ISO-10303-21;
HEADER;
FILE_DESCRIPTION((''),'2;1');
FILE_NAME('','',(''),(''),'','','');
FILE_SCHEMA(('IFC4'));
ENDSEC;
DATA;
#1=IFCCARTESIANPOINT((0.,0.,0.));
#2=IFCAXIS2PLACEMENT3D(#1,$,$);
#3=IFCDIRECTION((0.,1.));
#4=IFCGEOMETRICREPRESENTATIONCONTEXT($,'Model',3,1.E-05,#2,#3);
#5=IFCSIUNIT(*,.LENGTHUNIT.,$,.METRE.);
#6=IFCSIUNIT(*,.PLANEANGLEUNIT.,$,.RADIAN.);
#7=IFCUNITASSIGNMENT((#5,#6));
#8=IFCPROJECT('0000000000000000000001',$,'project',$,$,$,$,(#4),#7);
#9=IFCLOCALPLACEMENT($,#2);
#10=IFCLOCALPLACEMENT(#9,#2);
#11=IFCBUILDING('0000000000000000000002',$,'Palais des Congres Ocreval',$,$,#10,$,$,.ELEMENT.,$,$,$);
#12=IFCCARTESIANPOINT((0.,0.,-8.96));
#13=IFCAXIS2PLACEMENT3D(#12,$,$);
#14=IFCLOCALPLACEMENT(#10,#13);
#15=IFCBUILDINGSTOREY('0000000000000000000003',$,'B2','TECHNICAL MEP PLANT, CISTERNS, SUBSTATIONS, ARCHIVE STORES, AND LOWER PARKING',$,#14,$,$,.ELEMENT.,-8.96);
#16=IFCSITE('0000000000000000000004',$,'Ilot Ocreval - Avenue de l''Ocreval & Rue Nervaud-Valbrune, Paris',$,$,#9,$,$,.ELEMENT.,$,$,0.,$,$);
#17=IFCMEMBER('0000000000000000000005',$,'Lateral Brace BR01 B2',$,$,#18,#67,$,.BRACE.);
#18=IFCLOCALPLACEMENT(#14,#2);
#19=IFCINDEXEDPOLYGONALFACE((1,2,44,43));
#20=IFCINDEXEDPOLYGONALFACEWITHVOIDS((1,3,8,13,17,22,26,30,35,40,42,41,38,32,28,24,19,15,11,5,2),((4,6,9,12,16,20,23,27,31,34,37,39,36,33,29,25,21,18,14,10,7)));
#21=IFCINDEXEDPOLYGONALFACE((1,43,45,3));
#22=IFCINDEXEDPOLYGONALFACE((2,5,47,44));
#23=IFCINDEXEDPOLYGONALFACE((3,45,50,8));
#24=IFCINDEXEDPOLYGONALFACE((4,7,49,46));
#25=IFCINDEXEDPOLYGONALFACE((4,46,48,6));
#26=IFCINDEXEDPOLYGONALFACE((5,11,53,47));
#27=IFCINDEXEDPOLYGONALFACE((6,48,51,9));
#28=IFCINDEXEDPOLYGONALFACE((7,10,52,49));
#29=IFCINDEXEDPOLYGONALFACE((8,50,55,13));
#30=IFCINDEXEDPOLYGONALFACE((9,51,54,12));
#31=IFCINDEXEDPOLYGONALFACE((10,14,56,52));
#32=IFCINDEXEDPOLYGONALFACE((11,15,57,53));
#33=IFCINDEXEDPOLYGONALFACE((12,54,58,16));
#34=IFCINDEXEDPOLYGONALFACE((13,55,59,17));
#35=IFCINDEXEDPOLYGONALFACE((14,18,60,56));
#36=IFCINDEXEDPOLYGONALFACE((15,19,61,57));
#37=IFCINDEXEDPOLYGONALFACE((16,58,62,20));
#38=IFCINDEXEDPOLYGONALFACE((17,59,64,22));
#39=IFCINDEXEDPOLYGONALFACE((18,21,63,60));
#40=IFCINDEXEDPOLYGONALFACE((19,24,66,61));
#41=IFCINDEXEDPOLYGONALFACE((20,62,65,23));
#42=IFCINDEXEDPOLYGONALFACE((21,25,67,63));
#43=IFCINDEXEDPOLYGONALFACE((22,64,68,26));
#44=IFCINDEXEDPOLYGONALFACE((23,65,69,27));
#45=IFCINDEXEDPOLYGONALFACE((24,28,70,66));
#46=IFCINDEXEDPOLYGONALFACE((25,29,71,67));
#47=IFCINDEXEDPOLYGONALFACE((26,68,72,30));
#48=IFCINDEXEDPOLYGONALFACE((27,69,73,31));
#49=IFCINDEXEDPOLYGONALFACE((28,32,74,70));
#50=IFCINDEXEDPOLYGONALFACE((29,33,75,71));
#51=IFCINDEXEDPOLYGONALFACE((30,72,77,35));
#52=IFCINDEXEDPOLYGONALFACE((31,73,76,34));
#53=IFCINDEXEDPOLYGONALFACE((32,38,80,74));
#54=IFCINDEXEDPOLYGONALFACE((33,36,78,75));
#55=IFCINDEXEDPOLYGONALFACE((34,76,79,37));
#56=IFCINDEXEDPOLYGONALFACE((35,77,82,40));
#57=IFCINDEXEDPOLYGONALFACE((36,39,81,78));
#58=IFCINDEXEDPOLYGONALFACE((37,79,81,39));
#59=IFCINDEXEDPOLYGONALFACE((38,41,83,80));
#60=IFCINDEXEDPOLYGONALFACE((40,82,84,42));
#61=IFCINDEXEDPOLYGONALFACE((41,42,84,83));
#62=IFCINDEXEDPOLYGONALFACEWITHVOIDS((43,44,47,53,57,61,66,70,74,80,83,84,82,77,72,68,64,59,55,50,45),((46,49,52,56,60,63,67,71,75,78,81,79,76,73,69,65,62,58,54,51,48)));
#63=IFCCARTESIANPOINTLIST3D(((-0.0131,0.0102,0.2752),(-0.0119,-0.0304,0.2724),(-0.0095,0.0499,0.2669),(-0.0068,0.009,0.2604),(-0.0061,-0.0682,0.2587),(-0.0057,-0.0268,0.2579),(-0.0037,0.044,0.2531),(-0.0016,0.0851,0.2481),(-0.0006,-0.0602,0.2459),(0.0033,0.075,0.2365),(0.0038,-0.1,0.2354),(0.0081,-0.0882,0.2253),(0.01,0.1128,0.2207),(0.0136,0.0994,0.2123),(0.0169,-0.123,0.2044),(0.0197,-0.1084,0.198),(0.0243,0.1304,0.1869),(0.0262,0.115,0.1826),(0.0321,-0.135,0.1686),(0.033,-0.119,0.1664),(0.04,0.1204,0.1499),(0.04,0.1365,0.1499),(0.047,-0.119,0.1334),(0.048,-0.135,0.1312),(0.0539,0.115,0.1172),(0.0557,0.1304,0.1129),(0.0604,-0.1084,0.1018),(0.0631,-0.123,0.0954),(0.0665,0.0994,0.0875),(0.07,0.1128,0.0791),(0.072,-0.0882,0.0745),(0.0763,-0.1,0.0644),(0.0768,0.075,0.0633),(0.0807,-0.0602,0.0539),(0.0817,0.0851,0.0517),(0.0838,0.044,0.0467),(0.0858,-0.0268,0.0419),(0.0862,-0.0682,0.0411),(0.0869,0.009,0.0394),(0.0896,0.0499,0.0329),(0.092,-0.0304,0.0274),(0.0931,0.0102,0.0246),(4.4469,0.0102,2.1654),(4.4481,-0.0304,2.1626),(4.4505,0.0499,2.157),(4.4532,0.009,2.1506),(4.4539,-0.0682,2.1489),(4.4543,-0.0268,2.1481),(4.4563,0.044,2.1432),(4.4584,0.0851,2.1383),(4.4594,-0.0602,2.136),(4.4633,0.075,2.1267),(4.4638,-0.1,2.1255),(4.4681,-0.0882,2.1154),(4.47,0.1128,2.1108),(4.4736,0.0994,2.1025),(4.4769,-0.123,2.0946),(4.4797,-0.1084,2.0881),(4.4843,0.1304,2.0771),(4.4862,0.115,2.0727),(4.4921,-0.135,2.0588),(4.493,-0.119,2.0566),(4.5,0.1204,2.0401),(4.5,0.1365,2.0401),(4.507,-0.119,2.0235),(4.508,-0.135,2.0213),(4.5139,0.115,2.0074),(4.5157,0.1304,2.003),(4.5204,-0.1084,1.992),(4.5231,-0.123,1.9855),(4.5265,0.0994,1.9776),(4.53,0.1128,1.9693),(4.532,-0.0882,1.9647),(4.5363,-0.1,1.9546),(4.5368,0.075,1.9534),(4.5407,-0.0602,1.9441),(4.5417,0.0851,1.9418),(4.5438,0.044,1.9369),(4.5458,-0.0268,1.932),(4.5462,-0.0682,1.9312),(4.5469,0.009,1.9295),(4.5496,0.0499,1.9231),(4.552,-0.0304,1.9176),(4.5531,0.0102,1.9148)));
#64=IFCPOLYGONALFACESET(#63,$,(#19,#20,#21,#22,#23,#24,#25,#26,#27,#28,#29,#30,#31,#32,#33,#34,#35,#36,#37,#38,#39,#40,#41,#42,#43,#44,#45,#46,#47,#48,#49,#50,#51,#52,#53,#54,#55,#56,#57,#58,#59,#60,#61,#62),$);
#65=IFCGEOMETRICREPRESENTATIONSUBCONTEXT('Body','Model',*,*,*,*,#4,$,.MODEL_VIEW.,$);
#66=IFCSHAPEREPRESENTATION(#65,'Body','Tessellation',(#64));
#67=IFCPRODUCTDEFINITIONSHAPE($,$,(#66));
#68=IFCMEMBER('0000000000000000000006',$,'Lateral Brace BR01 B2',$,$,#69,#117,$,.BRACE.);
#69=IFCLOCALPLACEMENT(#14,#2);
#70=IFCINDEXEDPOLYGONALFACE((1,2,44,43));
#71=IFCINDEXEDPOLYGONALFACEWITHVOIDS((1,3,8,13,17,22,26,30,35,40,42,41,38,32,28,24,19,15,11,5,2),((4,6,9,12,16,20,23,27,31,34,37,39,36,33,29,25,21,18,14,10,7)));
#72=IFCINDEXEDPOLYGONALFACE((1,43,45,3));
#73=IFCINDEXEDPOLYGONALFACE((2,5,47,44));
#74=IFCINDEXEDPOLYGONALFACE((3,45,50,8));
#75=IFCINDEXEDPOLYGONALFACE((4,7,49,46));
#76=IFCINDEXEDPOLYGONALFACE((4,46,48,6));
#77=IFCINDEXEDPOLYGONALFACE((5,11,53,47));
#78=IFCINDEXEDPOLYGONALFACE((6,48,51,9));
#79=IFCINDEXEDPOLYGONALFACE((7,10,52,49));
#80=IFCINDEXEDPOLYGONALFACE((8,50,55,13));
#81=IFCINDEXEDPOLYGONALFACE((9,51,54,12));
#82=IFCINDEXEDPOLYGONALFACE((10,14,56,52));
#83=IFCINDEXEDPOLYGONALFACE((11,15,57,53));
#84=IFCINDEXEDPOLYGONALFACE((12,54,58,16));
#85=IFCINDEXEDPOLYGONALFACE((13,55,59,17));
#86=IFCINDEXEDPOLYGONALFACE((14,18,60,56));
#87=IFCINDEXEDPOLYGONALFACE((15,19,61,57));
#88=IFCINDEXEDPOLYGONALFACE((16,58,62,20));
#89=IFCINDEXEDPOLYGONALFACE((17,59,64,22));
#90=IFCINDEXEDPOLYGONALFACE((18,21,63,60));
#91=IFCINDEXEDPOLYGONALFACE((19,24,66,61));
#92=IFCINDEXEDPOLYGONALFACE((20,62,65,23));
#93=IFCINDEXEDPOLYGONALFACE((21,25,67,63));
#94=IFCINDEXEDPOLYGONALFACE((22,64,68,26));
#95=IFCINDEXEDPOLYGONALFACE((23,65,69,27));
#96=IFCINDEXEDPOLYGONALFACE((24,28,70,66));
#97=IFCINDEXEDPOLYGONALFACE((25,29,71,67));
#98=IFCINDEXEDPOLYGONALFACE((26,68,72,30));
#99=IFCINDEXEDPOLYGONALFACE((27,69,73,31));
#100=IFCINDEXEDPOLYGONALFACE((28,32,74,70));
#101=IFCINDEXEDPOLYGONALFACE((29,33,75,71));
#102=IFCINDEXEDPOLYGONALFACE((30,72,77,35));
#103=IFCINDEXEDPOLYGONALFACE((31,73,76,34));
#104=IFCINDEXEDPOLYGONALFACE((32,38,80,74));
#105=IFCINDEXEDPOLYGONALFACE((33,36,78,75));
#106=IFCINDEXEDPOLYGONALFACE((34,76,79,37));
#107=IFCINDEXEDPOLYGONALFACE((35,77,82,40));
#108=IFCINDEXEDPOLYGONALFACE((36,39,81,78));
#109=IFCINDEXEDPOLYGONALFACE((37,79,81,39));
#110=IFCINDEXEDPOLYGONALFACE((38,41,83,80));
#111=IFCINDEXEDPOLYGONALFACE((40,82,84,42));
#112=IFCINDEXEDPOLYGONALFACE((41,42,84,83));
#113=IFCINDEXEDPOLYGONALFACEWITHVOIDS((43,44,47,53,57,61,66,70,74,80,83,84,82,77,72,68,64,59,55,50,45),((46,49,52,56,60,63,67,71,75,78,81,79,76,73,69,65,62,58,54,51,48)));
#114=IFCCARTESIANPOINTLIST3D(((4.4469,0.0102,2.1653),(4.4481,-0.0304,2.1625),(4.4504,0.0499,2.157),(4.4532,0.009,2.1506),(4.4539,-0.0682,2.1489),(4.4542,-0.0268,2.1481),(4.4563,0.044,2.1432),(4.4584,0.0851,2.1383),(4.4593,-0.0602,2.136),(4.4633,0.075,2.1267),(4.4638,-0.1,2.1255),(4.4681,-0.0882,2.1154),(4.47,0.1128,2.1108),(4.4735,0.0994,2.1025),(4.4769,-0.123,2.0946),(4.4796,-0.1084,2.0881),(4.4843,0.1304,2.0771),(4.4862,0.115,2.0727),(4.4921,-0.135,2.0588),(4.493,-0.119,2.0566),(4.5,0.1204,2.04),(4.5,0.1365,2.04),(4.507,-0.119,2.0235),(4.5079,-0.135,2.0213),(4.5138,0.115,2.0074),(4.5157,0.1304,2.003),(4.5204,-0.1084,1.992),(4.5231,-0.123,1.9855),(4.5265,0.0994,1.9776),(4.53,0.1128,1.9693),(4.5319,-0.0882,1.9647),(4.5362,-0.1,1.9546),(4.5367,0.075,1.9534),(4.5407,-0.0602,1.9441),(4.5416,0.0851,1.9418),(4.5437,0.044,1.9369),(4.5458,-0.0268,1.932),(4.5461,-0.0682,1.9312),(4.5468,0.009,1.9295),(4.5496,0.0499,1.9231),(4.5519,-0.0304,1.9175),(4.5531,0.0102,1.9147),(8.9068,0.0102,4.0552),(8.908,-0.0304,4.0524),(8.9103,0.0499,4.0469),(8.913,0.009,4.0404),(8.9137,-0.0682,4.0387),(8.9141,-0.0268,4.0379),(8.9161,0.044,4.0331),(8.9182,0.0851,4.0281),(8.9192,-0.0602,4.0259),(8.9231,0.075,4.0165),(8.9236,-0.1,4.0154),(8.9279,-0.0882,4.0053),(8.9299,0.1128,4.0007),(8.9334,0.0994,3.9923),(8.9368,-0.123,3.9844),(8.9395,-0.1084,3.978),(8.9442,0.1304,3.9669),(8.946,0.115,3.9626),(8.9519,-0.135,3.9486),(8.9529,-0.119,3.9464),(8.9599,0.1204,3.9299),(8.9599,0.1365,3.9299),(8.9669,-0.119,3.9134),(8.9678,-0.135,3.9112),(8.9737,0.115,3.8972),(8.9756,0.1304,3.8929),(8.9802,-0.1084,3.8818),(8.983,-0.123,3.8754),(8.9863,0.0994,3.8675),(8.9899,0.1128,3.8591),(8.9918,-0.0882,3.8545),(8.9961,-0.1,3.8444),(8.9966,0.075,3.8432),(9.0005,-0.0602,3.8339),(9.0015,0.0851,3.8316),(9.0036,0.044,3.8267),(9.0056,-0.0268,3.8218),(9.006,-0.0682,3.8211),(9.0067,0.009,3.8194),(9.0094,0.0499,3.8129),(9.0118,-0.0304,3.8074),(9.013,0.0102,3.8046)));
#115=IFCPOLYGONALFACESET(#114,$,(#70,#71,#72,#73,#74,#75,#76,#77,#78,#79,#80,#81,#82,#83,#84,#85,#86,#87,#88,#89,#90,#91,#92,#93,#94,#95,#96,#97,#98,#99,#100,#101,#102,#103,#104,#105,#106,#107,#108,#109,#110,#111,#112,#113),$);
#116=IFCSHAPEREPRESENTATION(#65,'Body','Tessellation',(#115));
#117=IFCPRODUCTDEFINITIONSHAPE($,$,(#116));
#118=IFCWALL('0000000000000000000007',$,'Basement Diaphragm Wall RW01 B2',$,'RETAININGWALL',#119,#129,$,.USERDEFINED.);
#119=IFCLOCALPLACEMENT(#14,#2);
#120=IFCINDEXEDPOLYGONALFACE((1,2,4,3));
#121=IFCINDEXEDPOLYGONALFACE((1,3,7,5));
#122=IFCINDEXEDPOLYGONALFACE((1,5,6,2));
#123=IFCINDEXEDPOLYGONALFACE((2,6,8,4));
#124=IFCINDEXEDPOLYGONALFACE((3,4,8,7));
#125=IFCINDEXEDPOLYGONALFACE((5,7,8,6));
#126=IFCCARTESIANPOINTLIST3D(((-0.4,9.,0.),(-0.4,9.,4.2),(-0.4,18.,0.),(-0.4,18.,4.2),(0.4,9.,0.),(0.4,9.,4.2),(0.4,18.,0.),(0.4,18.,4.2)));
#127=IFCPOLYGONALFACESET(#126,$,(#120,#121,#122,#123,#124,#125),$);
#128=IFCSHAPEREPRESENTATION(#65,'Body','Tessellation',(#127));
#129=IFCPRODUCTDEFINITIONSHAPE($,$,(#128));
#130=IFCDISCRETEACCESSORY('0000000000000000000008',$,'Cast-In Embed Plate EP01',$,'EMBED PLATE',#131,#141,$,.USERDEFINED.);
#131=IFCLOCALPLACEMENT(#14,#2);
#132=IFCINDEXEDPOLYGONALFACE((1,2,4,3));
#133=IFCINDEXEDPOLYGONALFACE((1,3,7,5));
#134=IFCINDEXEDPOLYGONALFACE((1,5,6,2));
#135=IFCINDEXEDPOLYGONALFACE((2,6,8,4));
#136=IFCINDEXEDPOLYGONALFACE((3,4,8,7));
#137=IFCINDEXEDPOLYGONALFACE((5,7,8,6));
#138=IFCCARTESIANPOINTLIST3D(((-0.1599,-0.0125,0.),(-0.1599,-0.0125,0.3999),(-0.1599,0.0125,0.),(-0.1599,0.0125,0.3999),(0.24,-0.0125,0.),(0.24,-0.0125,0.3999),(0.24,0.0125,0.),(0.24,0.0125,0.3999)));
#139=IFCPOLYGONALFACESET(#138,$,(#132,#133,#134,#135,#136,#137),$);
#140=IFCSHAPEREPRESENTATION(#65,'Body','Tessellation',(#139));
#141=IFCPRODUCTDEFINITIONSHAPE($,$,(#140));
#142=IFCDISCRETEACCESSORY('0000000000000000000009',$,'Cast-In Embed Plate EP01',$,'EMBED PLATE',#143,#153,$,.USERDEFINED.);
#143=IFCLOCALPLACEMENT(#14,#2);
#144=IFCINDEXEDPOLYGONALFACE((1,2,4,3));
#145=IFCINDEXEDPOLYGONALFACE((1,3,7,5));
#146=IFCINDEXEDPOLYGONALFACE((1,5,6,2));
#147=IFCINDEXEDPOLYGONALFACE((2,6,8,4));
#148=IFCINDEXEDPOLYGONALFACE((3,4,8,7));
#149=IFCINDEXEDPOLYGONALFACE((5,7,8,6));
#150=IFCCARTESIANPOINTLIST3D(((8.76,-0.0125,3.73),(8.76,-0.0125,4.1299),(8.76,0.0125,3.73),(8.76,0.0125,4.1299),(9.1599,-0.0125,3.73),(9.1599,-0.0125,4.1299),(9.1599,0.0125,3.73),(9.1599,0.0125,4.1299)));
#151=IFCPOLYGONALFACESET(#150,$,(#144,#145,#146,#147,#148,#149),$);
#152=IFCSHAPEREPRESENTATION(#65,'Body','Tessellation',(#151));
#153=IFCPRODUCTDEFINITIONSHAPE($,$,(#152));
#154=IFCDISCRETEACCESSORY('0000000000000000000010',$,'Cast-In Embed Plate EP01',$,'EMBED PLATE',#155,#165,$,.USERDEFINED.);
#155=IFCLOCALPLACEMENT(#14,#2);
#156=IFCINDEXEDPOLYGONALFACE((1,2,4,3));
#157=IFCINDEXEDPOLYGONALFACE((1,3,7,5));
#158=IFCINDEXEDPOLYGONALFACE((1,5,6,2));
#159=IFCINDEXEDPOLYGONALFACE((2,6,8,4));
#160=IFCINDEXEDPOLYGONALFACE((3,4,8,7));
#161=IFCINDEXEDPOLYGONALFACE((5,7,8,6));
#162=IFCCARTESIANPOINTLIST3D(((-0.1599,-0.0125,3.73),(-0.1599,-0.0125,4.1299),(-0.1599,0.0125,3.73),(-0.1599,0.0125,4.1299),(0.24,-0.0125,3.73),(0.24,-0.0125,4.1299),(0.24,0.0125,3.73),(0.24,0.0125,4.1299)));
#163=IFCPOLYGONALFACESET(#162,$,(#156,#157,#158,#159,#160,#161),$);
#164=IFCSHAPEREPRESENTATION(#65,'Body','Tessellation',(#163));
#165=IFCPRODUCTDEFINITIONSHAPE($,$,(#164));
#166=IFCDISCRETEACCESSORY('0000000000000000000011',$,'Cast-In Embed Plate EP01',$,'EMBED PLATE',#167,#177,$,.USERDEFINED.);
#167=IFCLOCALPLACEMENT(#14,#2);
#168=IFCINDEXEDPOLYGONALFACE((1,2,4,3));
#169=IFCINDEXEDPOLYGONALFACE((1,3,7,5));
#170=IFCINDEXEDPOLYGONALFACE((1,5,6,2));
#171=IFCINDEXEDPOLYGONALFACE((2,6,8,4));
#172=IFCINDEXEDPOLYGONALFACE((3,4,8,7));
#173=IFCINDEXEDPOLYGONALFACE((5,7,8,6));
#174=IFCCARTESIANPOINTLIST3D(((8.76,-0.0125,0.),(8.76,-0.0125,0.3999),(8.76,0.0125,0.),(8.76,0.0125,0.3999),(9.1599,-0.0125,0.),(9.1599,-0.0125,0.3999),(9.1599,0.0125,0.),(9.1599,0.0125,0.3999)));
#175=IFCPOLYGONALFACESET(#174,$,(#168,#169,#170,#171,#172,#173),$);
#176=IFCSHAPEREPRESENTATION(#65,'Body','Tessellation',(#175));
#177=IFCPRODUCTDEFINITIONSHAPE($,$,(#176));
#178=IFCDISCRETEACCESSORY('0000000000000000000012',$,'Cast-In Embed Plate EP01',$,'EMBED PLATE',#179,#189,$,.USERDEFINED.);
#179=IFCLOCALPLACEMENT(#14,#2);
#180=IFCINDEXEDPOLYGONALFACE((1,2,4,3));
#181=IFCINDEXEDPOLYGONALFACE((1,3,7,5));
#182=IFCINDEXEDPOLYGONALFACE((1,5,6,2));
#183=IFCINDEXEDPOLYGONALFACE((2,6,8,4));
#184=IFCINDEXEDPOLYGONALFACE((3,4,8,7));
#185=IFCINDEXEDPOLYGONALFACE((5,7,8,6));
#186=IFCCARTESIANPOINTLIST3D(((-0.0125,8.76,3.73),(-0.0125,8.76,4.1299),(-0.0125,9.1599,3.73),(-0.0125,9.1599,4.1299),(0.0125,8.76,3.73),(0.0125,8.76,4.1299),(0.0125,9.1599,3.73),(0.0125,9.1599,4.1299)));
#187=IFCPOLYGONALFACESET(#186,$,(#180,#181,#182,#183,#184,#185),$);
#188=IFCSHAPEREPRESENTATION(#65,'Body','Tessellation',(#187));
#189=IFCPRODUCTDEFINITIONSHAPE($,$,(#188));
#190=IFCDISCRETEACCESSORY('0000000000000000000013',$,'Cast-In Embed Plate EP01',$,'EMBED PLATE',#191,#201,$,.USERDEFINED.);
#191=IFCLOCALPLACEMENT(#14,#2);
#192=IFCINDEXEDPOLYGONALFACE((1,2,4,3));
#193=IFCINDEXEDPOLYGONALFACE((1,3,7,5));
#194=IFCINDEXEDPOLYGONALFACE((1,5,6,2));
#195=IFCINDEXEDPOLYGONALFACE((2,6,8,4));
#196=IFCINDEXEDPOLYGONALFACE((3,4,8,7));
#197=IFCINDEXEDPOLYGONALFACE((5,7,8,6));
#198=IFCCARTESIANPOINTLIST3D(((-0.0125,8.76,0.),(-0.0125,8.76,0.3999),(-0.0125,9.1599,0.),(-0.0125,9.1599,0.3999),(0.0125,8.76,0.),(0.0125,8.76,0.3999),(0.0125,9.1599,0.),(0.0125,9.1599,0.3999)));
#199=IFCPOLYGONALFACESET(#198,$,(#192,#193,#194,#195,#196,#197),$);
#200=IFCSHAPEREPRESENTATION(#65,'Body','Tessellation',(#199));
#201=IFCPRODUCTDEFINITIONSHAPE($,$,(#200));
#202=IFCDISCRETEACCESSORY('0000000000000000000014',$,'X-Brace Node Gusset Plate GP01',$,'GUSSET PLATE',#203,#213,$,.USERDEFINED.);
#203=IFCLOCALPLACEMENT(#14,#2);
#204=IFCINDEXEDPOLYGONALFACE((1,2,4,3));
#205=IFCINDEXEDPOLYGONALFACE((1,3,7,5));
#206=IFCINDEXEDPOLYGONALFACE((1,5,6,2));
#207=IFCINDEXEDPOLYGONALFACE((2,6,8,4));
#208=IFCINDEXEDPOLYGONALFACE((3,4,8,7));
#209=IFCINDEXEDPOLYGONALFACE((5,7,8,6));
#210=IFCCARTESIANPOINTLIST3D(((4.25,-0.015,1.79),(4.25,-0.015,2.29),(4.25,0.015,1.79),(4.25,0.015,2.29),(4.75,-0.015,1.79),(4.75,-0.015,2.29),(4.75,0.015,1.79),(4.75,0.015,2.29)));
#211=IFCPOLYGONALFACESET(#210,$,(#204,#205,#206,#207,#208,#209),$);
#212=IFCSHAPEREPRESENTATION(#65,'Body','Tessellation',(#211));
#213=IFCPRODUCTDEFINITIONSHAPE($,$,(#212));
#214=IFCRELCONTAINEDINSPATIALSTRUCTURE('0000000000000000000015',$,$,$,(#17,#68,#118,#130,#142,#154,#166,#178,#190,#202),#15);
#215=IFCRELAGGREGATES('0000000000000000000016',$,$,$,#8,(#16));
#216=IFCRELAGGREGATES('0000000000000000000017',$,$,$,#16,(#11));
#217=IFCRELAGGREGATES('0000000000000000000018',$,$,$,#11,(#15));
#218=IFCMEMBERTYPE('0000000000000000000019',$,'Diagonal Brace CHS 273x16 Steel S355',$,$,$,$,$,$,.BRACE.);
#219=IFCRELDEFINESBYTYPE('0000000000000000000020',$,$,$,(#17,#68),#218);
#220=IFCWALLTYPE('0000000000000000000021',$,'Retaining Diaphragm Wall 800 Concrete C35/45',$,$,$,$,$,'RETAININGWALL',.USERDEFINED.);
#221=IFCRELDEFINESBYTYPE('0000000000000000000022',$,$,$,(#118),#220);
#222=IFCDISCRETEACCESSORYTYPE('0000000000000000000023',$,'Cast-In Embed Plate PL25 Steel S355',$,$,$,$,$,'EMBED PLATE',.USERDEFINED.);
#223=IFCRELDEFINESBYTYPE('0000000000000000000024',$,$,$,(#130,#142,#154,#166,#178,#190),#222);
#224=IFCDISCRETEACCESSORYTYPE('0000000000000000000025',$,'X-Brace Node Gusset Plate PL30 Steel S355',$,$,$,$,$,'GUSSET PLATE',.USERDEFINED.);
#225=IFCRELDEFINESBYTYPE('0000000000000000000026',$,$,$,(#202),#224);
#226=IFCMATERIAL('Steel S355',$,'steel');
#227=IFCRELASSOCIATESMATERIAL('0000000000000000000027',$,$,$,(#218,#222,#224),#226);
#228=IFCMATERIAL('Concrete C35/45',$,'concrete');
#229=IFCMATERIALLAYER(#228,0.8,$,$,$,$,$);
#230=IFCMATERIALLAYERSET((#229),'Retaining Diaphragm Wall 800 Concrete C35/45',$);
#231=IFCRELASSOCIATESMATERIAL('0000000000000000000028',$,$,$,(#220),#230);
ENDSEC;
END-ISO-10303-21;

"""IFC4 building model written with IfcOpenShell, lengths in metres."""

from ifc_helpers import new_model, si_unit, direction, frame, frame_2d, origin, origin_2d, place, context, subcontext, project, spatial, rectangle, hollow_circle, extrude, material, layer, layer_set, material_profile, profile_set, type_object, element, save


model = new_model("IFC4")

# Units and contexts
model_context = context("Model", 3, precision=1e-05, world=origin(), true_north=direction((0.0, 1.0)))
body_context = subcontext(model_context, "Body", "Model", "MODEL_VIEW")
ifc_project = project(units=[si_unit("LENGTHUNIT", "METRE"), si_unit("PLANEANGLEUNIT", "RADIAN")], contexts=[model_context])

# Site, building, storey
site_placement = place(None, origin())
site = spatial("IfcSite", under=ifc_project, at=site_placement, Name="Ilot Ocreval - Avenue de l'Ocreval & Rue Nervaud-Valbrune, Paris", CompositionType="ELEMENT", RefElevation=0.0)
building_placement = place(site_placement, origin())
building = spatial("IfcBuilding", under=site, at=building_placement, Name="Palais des Congres Ocreval", CompositionType="ELEMENT")
storey_placement = place(building_placement, frame((0.0, 0.0, -8.96)))
storey = spatial("IfcBuildingStorey", under=building, at=storey_placement, Name="B2", Description="TECHNICAL MEP PLANT, CISTERNS, SUBSTATIONS, ARCHIVE STORES, AND LOWER PARKING", CompositionType="ELEMENT", Elevation=-8.96)

# Shared definitions
ifc_material_1 = material(Name="Concrete C35/45", Category="concrete")

# Members
ifc_material_2 = material(Name="Steel S355", Category="steel")
ifc_material_profile_1 = material_profile(ifc_material_2, hollow_circle(Radius=0.1365, WallThickness=0.0161, at=origin_2d()), Name="CHS 273x16")
ifc_profile_set_1 = profile_set([ifc_material_profile_1], Name="Steel S355")
member_type_1 = type_object("IfcMemberType", Name="Diagonal Brace CHS 273x16 Steel S355", PredefinedType="BRACE", material=ifc_profile_set_1)
member_1_placement = place(storey_placement, frame((0.04, 0.0, 0.1499), z_axis=(0.920728, 0.0, 0.390206), x_axis=(0.0, 1.0, 0.0)))
element("IfcMember", 1, at=member_1_placement, inside=storey, type_object=member_type_1, Name="Lateral Brace BR01 B2", PredefinedType="BRACE", context=body_context, shape_type="SweptSolid", body=[
    extrude(hollow_circle(Radius=0.1365, WallThickness=0.0161, at=origin_2d()), origin(), (0.0, 0.0, 1.0), 4.844),
])
member_2_placement = place(storey_placement, frame((4.5, 0.0, 2.04), z_axis=(0.920746, 0.0, 0.390163), x_axis=(0.0, 1.0, 0.0)))
element("IfcMember", 2, at=member_2_placement, inside=storey, type_object=member_type_1, Name="Lateral Brace BR01 B2", PredefinedType="BRACE", context=body_context, shape_type="SweptSolid", body=[
    extrude(hollow_circle(Radius=0.1365, WallThickness=0.0161, at=origin_2d()), origin(), (0.0, 0.0, 1.0), 4.8438),
])

# Wall
ifc_layer = layer(ifc_material_1, 0.8)
ifc_layer_set = layer_set([ifc_layer], Name="Retaining Diaphragm Wall 800 Concrete C35/45")
wall_type = type_object("IfcWallType", Name="Retaining Diaphragm Wall 800 Concrete C35/45", ElementType="RETAININGWALL", PredefinedType="USERDEFINED", material=ifc_layer_set)
wall_placement = place(storey_placement, frame((0.0, 9.0, 0.0), z_axis=(0.0, 0.0, 1.0), x_axis=(0.0, 1.0, 0.0)))
element("IfcWall", 3, at=wall_placement, inside=storey, type_object=wall_type, Name="Basement Diaphragm Wall RW01 B2", ObjectType="RETAININGWALL", PredefinedType="USERDEFINED", context=body_context, shape_type="SweptSolid", body=[
    extrude(rectangle(XDim=9.0, YDim=0.8, at=frame_2d((4.5, 0.0))), origin(), (0.0, 0.0, 1.0), 4.2),
])

# Discrete accessories
discrete_accessory_type_1 = type_object("IfcDiscreteAccessoryType", Name="Cast-In Embed Plate PL25 Steel S355", ElementType="EMBED PLATE", PredefinedType="USERDEFINED", material=ifc_material_2)
for number, where, z_axis, x_axis, name in (
    (4, (0.04, 0.0, 0.0), (0.0, 0.0, 1.0), (-1.0, 0.0, 0.0), "Cast-In Embed Plate EP01"),
    (5, (8.96, 0.0, 3.73), (0.0, 0.0, 1.0), (-1.0, 0.0, 0.0), "Cast-In Embed Plate EP01"),
    (6, (0.04, 0.0, 3.73), (0.0, 0.0, 1.0), (-1.0, 0.0, 0.0), "Cast-In Embed Plate EP01"),
    (7, (8.96, 0.0, 0.0), (0.0, 0.0, 1.0), (-1.0, 0.0, 0.0), "Cast-In Embed Plate EP01"),
    (8, (0.0, 8.96, 3.73), (0.0, 0.0, 1.0), (0.0, 1.0, 0.0), "Cast-In Embed Plate EP01"),
    (9, (0.0, 8.96, 0.0), (0.0, 0.0, 1.0), (0.0, 1.0, 0.0), "Cast-In Embed Plate EP01"),
):
    element("IfcDiscreteAccessory", number, at=place(storey_placement, frame(where, z_axis=z_axis, x_axis=x_axis)), inside=storey, type_object=discrete_accessory_type_1, Name=name, ObjectType="EMBED PLATE", PredefinedType="USERDEFINED", context=body_context, shape_type="SweptSolid", body=[
        extrude(rectangle(XDim=0.3999, YDim=0.0249, at=origin_2d()), origin(), (0.0, 0.0, 1.0), 0.3999),
    ])
discrete_accessory_type_2 = type_object("IfcDiscreteAccessoryType", Name="X-Brace Node Gusset Plate PL30 Steel S355", ElementType="GUSSET PLATE", PredefinedType="USERDEFINED", material=ifc_material_2)
for number, where, z_axis, x_axis, name in (
    (10, (4.5, 0.0, 1.79), (0.0, 0.0, 1.0), (1.0, 0.0, 0.0), "X-Brace Node Gusset Plate GP01"),
):
    element("IfcDiscreteAccessory", number, at=place(storey_placement, frame(where, z_axis=z_axis, x_axis=x_axis)), inside=storey, type_object=discrete_accessory_type_2, Name=name, ObjectType="GUSSET PLATE", PredefinedType="USERDEFINED", context=body_context, shape_type="SweptSolid", body=[
        extrude(rectangle(XDim=0.5, YDim=0.03, at=origin_2d()), origin(), (0.0, 0.0, 1.0), 0.5),
    ])

save(model, "model.ifc")
